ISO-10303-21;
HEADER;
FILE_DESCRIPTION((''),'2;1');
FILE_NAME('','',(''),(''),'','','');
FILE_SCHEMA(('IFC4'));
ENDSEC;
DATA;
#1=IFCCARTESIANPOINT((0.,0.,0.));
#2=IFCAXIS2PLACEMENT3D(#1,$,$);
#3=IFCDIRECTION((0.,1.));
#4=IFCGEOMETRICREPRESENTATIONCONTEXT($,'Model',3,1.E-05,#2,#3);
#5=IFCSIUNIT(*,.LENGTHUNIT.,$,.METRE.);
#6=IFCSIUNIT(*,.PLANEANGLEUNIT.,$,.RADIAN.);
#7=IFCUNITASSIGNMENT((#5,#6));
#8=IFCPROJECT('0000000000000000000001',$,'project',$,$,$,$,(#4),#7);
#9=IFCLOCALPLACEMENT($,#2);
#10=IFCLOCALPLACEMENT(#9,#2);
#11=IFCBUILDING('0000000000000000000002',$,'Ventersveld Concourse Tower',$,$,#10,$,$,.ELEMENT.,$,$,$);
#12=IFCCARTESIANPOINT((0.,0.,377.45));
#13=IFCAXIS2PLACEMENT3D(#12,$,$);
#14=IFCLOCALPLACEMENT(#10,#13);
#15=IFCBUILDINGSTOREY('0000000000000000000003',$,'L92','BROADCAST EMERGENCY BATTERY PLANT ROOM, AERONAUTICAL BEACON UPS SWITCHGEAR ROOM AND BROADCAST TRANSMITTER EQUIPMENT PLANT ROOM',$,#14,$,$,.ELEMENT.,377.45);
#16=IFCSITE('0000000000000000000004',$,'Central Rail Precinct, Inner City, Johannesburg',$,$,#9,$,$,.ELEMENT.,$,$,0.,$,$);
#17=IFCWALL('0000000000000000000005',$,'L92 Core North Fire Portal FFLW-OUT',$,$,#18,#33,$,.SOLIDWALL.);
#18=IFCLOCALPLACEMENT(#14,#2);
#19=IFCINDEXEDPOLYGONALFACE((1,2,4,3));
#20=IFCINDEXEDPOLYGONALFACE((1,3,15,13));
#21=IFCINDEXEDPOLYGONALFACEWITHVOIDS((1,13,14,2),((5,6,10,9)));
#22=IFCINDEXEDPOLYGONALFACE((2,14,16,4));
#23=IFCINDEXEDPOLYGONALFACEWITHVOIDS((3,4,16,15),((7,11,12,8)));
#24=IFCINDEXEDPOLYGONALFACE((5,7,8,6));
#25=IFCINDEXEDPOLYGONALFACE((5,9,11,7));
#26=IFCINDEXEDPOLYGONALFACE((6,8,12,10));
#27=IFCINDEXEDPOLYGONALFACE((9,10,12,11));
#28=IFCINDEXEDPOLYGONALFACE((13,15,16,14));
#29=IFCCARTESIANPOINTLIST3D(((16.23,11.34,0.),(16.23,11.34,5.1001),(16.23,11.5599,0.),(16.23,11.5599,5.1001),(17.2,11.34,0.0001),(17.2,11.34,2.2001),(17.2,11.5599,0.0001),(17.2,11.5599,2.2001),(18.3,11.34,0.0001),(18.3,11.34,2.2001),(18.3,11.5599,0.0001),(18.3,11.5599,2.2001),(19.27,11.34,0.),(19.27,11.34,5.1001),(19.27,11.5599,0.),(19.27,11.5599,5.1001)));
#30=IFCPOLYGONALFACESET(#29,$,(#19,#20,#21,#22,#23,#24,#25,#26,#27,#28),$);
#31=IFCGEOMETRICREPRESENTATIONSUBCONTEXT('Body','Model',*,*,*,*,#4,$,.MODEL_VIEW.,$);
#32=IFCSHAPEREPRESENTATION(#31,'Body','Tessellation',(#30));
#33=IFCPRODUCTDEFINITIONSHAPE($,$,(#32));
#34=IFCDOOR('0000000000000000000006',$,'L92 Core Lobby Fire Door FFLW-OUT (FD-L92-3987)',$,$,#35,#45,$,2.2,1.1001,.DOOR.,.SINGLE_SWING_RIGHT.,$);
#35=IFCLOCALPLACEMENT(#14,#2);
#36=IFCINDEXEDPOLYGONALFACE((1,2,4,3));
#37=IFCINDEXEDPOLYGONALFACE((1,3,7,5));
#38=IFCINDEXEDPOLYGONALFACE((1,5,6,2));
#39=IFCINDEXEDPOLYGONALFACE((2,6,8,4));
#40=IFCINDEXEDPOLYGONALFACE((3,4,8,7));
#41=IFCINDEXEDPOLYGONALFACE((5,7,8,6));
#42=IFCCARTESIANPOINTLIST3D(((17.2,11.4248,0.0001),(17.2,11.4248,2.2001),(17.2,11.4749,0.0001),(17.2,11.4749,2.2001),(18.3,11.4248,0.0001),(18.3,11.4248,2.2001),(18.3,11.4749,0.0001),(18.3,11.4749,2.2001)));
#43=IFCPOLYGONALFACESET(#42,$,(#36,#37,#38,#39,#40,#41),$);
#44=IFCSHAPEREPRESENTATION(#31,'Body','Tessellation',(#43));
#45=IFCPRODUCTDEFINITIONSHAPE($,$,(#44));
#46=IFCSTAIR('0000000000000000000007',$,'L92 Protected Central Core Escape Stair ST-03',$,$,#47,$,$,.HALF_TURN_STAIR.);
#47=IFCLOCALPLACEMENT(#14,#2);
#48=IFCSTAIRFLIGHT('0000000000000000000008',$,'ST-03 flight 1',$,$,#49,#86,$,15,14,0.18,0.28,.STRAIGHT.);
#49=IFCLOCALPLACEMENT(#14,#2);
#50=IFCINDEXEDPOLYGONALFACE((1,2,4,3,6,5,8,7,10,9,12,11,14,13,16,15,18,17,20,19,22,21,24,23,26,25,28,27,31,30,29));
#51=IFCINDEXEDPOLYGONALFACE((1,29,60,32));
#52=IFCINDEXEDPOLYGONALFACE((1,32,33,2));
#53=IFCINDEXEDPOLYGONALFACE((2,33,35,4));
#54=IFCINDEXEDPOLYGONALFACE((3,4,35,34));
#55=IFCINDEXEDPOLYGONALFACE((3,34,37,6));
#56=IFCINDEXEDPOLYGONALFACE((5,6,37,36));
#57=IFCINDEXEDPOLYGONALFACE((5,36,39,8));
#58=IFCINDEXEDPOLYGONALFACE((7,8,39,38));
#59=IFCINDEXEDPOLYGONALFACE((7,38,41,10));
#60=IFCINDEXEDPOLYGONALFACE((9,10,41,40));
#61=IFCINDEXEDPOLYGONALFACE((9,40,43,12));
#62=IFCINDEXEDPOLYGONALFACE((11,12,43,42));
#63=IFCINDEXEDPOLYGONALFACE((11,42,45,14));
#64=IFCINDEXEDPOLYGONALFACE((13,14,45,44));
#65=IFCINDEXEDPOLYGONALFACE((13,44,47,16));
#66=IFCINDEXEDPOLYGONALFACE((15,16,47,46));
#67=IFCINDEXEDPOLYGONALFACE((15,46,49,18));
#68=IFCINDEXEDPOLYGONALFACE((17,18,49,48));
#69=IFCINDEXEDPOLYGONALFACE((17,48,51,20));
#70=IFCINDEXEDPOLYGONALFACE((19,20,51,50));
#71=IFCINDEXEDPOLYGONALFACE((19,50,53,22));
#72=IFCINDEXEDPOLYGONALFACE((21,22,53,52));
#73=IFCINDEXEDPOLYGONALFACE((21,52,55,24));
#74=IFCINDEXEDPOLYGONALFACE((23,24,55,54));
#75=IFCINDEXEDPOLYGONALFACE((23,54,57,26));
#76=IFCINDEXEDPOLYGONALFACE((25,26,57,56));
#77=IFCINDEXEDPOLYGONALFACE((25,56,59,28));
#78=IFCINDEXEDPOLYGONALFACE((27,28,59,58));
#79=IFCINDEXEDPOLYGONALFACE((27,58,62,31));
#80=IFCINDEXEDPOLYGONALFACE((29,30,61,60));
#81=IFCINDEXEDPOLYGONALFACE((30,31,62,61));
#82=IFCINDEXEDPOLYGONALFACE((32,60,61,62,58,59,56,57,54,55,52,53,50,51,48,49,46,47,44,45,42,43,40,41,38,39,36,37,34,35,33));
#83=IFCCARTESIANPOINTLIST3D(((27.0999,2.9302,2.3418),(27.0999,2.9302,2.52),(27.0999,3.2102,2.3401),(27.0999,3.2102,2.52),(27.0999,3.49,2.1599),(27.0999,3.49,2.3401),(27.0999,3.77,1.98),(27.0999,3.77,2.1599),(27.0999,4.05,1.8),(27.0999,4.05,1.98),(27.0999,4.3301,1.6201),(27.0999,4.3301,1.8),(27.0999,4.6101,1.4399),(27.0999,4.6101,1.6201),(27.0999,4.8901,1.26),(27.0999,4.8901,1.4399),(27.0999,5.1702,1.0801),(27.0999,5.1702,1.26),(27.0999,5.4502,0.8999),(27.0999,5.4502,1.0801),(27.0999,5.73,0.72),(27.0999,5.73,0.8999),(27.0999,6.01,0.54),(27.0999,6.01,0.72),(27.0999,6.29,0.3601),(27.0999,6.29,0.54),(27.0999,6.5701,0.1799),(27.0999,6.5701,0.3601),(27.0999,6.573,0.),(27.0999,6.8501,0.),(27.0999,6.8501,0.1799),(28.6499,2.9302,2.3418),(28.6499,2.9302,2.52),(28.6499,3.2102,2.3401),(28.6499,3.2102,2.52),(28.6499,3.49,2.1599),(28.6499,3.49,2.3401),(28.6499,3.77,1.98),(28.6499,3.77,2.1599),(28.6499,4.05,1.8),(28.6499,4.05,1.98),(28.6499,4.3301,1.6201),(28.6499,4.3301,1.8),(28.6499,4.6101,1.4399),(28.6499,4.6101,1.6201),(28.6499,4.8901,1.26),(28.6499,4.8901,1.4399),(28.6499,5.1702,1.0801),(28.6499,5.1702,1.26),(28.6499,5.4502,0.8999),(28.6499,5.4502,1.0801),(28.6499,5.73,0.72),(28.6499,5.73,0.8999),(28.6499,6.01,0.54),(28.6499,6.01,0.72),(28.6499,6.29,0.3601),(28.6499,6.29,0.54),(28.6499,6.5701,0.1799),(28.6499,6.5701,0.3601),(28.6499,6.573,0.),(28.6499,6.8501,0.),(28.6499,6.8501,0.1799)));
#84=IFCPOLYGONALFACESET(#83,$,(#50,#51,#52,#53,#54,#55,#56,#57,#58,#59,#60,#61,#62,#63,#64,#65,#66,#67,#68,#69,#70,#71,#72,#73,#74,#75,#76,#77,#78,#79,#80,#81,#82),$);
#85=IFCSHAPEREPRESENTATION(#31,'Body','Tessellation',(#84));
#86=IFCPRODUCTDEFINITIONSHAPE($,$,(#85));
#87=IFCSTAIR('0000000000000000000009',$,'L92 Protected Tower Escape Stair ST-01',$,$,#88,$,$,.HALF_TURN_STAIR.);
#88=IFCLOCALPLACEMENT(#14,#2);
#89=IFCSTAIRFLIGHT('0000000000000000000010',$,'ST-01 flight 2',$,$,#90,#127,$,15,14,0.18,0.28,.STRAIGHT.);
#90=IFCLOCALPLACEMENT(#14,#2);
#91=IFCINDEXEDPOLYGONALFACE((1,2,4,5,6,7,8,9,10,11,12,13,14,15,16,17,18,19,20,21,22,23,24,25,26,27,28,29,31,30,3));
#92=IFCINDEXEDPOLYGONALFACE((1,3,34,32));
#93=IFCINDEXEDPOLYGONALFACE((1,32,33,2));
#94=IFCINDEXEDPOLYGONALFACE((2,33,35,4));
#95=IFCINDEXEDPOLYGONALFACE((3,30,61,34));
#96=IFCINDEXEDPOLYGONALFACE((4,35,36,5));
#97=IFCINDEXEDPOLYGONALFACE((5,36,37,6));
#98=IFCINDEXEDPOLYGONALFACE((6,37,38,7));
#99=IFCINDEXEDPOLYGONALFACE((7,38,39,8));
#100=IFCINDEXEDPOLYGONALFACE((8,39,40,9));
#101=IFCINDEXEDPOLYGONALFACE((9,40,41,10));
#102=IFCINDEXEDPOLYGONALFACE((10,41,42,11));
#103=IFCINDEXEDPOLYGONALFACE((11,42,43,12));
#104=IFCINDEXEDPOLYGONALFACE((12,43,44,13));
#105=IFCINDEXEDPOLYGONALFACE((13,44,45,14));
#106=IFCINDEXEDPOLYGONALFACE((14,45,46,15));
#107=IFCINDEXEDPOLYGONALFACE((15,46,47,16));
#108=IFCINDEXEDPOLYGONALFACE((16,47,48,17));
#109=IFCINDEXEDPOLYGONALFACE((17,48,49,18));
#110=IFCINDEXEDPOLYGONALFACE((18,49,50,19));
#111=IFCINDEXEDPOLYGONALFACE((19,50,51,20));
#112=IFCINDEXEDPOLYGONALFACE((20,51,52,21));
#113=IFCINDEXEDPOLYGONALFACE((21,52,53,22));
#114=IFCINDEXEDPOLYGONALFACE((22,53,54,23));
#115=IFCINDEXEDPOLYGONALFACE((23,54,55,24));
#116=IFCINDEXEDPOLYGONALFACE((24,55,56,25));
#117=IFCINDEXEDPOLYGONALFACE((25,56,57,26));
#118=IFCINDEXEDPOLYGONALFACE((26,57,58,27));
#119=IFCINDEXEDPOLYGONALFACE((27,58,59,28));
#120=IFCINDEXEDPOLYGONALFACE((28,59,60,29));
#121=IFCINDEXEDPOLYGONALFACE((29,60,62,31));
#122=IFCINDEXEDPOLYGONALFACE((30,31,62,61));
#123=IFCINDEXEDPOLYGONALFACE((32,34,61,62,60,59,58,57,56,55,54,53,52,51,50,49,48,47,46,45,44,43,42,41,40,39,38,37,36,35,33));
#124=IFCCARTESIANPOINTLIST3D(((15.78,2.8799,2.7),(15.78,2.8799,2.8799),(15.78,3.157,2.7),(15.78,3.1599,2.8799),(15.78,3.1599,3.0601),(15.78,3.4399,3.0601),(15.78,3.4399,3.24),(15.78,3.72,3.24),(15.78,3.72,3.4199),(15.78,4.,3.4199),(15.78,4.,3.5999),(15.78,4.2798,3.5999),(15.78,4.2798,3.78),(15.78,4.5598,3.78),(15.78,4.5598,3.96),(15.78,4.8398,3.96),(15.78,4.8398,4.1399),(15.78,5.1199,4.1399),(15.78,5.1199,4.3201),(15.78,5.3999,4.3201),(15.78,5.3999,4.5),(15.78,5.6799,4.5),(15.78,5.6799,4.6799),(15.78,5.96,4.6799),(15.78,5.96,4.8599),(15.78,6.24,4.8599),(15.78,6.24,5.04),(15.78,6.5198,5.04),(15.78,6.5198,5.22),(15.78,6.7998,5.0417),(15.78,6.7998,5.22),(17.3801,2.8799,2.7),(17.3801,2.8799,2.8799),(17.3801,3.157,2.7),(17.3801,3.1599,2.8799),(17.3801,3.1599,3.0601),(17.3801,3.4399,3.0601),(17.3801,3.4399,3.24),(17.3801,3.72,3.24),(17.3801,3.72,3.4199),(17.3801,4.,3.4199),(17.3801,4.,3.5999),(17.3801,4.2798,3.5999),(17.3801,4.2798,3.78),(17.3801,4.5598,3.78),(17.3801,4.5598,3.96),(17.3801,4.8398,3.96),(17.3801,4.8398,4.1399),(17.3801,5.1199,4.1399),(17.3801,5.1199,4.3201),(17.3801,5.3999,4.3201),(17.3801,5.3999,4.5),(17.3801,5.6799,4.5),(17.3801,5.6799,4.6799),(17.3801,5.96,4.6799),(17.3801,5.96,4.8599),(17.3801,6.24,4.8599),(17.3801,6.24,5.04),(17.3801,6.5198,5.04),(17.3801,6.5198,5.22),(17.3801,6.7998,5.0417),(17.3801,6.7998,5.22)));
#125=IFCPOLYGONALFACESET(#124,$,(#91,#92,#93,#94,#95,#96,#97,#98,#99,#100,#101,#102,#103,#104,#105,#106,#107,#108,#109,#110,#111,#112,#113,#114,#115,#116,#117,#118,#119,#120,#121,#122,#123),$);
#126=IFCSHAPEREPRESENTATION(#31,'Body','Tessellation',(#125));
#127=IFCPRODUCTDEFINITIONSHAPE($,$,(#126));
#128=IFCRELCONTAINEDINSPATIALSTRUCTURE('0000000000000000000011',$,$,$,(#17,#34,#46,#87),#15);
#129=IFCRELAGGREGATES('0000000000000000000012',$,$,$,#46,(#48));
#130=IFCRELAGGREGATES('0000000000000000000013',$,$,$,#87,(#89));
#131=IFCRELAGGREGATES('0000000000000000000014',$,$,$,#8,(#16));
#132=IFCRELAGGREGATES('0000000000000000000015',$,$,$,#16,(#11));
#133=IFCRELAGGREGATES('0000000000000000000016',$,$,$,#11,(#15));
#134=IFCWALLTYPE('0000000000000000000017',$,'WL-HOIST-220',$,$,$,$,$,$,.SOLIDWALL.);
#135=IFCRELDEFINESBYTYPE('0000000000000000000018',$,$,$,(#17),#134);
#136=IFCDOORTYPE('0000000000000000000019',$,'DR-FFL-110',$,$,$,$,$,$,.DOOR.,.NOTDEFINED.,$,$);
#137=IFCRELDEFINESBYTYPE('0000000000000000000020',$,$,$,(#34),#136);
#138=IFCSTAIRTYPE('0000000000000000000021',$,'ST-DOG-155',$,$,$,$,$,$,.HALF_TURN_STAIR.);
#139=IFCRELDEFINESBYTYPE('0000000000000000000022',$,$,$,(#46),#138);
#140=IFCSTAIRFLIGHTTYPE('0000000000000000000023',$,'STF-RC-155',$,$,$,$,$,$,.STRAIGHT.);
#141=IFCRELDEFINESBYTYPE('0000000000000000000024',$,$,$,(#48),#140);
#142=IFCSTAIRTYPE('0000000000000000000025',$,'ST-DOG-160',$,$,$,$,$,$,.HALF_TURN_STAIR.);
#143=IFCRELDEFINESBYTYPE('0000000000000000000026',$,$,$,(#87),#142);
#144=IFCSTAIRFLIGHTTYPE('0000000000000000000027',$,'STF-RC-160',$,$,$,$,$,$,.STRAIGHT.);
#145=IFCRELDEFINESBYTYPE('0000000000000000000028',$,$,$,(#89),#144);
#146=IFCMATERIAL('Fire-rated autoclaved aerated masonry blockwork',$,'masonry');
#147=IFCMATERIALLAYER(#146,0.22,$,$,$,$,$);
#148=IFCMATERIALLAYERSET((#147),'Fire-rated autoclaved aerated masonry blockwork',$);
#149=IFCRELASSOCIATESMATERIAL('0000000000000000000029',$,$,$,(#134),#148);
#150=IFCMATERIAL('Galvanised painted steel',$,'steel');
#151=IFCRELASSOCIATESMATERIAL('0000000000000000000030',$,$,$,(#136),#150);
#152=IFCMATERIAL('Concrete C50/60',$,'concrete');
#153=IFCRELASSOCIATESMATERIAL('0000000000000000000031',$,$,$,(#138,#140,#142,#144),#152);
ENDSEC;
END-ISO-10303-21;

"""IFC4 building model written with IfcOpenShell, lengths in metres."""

from ifc_helpers import new_model, si_unit, direction, frame, frame_2d, origin, place, context, subcontext, project, spatial, polyline, rectangle, outline, extrude, material, layer, layer_set, type_object, element, fill, aggregate, save


model = new_model("IFC4")

# Units and contexts
model_context = context("Model", 3, precision=1e-05, world=origin(), true_north=direction((0.0, 1.0)))
body_context = subcontext(model_context, "Body", "Model", "MODEL_VIEW")
ifc_project = project(units=[si_unit("LENGTHUNIT", "METRE"), si_unit("PLANEANGLEUNIT", "RADIAN")], contexts=[model_context])

# Site, building, storey
site_placement = place(None, origin())
site = spatial("IfcSite", under=ifc_project, at=site_placement, Name="Central Rail Precinct, Inner City, Johannesburg", CompositionType="ELEMENT", RefElevation=0.0)
building_placement = place(site_placement, origin())
building = spatial("IfcBuilding", under=site, at=building_placement, Name="Ventersveld Concourse Tower", CompositionType="ELEMENT")
storey_placement = place(building_placement, frame((0.0, 0.0, 377.45)))
storey = spatial("IfcBuildingStorey", under=building, at=storey_placement, Name="L92", Description="BROADCAST EMERGENCY BATTERY PLANT ROOM, AERONAUTICAL BEACON UPS SWITCHGEAR ROOM AND BROADCAST TRANSMITTER EQUIPMENT PLANT ROOM", CompositionType="ELEMENT", Elevation=377.45)

# Shared definitions
ifc_material_1 = material(Name="Concrete C50/60", Category="concrete")

# Shared definitions
ifc_material_2 = material(Name="Fire-rated autoclaved aerated masonry blockwork", Category="masonry")
ifc_layer_1 = layer(ifc_material_2, 0.22)
ifc_layer_set_1 = layer_set([ifc_layer_1], Name="Fire-rated autoclaved aerated masonry blockwork")
wall_type_1 = type_object("IfcWallType", Name="WL-HOIST-220", PredefinedType="SOLIDWALL", material=ifc_layer_set_1)

# Wall, opening, door
ifc_material_3 = material(Name="Galvanised painted steel", Category="steel")
door_type_1 = type_object("IfcDoorType", Name="DR-FFL-110", OperationType="NOTDEFINED", PredefinedType="DOOR", material=ifc_material_3)
wall_1_placement = place(storey_placement, frame((16.23, 11.45, 0.0), z_axis=(0.0, 0.0, 1.0), x_axis=(1.0, 0.0, 0.0)))
wall_1 = element("IfcWall", 1, at=wall_1_placement, inside=storey, type_object=wall_type_1, Name="L92 Core North Fire Portal FFLW-OUT", PredefinedType="SOLIDWALL", context=body_context, shape_type="SweptSolid", body=[
    extrude(rectangle(XDim=3.04, YDim=0.22, at=frame_2d((1.52, 0.0))), origin(), (0.0, 0.0, 1.0), 5.1001),
])
opening_1_placement = place(wall_1_placement, frame((0.97, 0.0, 0.0)))
opening_1 = element("IfcOpeningElement", 2, at=opening_1_placement, cuts=wall_1, PredefinedType="OPENING", context=body_context, shape_type="SweptSolid", body=[
    extrude(rectangle(XDim=1.1001, YDim=2.2, at=frame_2d((0.55, 1.1001))), frame((0.0, 0.1201, 0.0), z_axis=(0.0, -1.0, 0.0), x_axis=(1.0, 0.0, 0.0)), (0.0, 0.0, 1.0), 0.24),
])
door_1_placement = place(opening_1_placement, origin())
door_1 = element("IfcDoor", 3, at=door_1_placement, inside=storey, type_object=door_type_1, Name="L92 Core Lobby Fire Door FFLW-OUT (FD-L92-3987)", OperationType="SINGLE_SWING_RIGHT", OverallHeight=2.2, OverallWidth=1.1001, PredefinedType="DOOR", context=body_context, shape_type="SweptSolid", body=[
    extrude(rectangle(XDim=1.1001, YDim=2.2, at=frame_2d((0.55, 1.1001))), frame((0.0, 0.0249, 0.0), z_axis=(0.0, -1.0, 0.0), x_axis=(1.0, 0.0, 0.0)), (0.0, 0.0, 1.0), 0.05),
])
fill(opening_1, door_1)

# Stairs, stair flights
stair_type_1 = type_object("IfcStairType", Name="ST-DOG-155", PredefinedType="HALF_TURN_STAIR", material=ifc_material_1)
stair_1_placement = place(storey_placement, origin())
stair_1 = element("IfcStair", 4, at=stair_1_placement, inside=storey, type_object=stair_type_1, Name="L92 Protected Central Core Escape Stair ST-03", PredefinedType="HALF_TURN_STAIR")
stair_flight_type_1 = type_object("IfcStairFlightType", Name="STF-RC-155", PredefinedType="STRAIGHT", material=ifc_material_1)
stair_flight_1_placement = place(storey_placement, frame((27.875, 6.8501, 0.0), z_axis=(0.0, 0.0, 1.0), x_axis=(0.0, -1.0, 0.0)))
stair_flight_1 = element("IfcStairFlight", 5, at=stair_flight_1_placement, type_object=stair_flight_type_1, Name="ST-03 flight 1", NumberOfRisers=15, NumberOfTreads=14, PredefinedType="STRAIGHT", RiserHeight=0.18, TreadLength=0.28, context=body_context, shape_type="SweptSolid", body=[
    extrude(outline(polyline([(0.0, 0.0), (0.0, 0.1799), (0.28, 0.1799), (0.28, 0.3601), (0.5601, 0.3601), (0.5601, 0.54), (0.8401, 0.54), (0.8401, 0.72), (1.1201, 0.72), (1.1201, 0.8999), (1.3999, 0.8999), (1.3999, 1.0801), (1.6799, 1.0801), (1.6799, 1.26), (1.96, 1.26), (1.96, 1.4399), (2.24, 1.4399), (2.24, 1.6201), (2.52, 1.6201), (2.52, 1.8), (2.8, 1.8), (2.8, 1.98), (3.0801, 1.98), (3.0801, 2.1599), (3.3601, 2.1599), (3.3601, 2.3401), (3.6399, 2.3401), (3.6399, 2.52), (3.9199, 2.52), (3.9199, 2.7), (3.9199, 2.3418), (0.2771, 0.0), (0.0, 0.0)])), frame((0.0, 0.7749, 0.0), z_axis=(0.0, -1.0, 0.0), x_axis=(1.0, 0.0, 0.0)), (0.0, 0.0, 1.0), 1.55),
])
aggregate(stair_1, [stair_flight_1])
stair_type_2 = type_object("IfcStairType", Name="ST-DOG-160", PredefinedType="HALF_TURN_STAIR", material=ifc_material_1)
stair_2_placement = place(storey_placement, origin())
stair_2 = element("IfcStair", 6, at=stair_2_placement, inside=storey, type_object=stair_type_2, Name="L92 Protected Tower Escape Stair ST-01", PredefinedType="HALF_TURN_STAIR")
stair_flight_type_2 = type_object("IfcStairFlightType", Name="STF-RC-160", PredefinedType="STRAIGHT", material=ifc_material_1)
stair_flight_2_placement = place(storey_placement, frame((16.5801, 2.8799, 2.7), z_axis=(0.0, 0.0, 1.0), x_axis=(0.0, 1.0, 0.0)))
stair_flight_2 = element("IfcStairFlight", 7, at=stair_flight_2_placement, type_object=stair_flight_type_2, Name="ST-01 flight 2", NumberOfRisers=15, NumberOfTreads=14, PredefinedType="STRAIGHT", RiserHeight=0.18, TreadLength=0.28, context=body_context, shape_type="SweptSolid", body=[
    extrude(outline(polyline([(0.0, 0.0), (0.0, 0.1799), (0.28, 0.1799), (0.28, 0.3601), (0.5601, 0.3601), (0.5601, 0.54), (0.8401, 0.54), (0.8401, 0.72), (1.1201, 0.72), (1.1201, 0.8999), (1.3999, 0.8999), (1.3999, 1.0801), (1.6799, 1.0801), (1.6799, 1.26), (1.96, 1.26), (1.96, 1.4399), (2.24, 1.4399), (2.24, 1.6201), (2.52, 1.6201), (2.52, 1.8), (2.8, 1.8), (2.8, 1.98), (3.0801, 1.98), (3.0801, 2.1599), (3.3601, 2.1599), (3.3601, 2.3401), (3.6399, 2.3401), (3.6399, 2.52), (3.9199, 2.52), (3.9199, 2.7), (3.9199, 2.3418), (0.2771, 0.0), (0.0, 0.0)])), frame((0.0, 0.8, 0.0), z_axis=(0.0, -1.0, 0.0), x_axis=(1.0, 0.0, 0.0)), (0.0, 0.0, 1.0), 1.6001),
])
aggregate(stair_2, [stair_flight_2])

save(model, "model.ifc")
